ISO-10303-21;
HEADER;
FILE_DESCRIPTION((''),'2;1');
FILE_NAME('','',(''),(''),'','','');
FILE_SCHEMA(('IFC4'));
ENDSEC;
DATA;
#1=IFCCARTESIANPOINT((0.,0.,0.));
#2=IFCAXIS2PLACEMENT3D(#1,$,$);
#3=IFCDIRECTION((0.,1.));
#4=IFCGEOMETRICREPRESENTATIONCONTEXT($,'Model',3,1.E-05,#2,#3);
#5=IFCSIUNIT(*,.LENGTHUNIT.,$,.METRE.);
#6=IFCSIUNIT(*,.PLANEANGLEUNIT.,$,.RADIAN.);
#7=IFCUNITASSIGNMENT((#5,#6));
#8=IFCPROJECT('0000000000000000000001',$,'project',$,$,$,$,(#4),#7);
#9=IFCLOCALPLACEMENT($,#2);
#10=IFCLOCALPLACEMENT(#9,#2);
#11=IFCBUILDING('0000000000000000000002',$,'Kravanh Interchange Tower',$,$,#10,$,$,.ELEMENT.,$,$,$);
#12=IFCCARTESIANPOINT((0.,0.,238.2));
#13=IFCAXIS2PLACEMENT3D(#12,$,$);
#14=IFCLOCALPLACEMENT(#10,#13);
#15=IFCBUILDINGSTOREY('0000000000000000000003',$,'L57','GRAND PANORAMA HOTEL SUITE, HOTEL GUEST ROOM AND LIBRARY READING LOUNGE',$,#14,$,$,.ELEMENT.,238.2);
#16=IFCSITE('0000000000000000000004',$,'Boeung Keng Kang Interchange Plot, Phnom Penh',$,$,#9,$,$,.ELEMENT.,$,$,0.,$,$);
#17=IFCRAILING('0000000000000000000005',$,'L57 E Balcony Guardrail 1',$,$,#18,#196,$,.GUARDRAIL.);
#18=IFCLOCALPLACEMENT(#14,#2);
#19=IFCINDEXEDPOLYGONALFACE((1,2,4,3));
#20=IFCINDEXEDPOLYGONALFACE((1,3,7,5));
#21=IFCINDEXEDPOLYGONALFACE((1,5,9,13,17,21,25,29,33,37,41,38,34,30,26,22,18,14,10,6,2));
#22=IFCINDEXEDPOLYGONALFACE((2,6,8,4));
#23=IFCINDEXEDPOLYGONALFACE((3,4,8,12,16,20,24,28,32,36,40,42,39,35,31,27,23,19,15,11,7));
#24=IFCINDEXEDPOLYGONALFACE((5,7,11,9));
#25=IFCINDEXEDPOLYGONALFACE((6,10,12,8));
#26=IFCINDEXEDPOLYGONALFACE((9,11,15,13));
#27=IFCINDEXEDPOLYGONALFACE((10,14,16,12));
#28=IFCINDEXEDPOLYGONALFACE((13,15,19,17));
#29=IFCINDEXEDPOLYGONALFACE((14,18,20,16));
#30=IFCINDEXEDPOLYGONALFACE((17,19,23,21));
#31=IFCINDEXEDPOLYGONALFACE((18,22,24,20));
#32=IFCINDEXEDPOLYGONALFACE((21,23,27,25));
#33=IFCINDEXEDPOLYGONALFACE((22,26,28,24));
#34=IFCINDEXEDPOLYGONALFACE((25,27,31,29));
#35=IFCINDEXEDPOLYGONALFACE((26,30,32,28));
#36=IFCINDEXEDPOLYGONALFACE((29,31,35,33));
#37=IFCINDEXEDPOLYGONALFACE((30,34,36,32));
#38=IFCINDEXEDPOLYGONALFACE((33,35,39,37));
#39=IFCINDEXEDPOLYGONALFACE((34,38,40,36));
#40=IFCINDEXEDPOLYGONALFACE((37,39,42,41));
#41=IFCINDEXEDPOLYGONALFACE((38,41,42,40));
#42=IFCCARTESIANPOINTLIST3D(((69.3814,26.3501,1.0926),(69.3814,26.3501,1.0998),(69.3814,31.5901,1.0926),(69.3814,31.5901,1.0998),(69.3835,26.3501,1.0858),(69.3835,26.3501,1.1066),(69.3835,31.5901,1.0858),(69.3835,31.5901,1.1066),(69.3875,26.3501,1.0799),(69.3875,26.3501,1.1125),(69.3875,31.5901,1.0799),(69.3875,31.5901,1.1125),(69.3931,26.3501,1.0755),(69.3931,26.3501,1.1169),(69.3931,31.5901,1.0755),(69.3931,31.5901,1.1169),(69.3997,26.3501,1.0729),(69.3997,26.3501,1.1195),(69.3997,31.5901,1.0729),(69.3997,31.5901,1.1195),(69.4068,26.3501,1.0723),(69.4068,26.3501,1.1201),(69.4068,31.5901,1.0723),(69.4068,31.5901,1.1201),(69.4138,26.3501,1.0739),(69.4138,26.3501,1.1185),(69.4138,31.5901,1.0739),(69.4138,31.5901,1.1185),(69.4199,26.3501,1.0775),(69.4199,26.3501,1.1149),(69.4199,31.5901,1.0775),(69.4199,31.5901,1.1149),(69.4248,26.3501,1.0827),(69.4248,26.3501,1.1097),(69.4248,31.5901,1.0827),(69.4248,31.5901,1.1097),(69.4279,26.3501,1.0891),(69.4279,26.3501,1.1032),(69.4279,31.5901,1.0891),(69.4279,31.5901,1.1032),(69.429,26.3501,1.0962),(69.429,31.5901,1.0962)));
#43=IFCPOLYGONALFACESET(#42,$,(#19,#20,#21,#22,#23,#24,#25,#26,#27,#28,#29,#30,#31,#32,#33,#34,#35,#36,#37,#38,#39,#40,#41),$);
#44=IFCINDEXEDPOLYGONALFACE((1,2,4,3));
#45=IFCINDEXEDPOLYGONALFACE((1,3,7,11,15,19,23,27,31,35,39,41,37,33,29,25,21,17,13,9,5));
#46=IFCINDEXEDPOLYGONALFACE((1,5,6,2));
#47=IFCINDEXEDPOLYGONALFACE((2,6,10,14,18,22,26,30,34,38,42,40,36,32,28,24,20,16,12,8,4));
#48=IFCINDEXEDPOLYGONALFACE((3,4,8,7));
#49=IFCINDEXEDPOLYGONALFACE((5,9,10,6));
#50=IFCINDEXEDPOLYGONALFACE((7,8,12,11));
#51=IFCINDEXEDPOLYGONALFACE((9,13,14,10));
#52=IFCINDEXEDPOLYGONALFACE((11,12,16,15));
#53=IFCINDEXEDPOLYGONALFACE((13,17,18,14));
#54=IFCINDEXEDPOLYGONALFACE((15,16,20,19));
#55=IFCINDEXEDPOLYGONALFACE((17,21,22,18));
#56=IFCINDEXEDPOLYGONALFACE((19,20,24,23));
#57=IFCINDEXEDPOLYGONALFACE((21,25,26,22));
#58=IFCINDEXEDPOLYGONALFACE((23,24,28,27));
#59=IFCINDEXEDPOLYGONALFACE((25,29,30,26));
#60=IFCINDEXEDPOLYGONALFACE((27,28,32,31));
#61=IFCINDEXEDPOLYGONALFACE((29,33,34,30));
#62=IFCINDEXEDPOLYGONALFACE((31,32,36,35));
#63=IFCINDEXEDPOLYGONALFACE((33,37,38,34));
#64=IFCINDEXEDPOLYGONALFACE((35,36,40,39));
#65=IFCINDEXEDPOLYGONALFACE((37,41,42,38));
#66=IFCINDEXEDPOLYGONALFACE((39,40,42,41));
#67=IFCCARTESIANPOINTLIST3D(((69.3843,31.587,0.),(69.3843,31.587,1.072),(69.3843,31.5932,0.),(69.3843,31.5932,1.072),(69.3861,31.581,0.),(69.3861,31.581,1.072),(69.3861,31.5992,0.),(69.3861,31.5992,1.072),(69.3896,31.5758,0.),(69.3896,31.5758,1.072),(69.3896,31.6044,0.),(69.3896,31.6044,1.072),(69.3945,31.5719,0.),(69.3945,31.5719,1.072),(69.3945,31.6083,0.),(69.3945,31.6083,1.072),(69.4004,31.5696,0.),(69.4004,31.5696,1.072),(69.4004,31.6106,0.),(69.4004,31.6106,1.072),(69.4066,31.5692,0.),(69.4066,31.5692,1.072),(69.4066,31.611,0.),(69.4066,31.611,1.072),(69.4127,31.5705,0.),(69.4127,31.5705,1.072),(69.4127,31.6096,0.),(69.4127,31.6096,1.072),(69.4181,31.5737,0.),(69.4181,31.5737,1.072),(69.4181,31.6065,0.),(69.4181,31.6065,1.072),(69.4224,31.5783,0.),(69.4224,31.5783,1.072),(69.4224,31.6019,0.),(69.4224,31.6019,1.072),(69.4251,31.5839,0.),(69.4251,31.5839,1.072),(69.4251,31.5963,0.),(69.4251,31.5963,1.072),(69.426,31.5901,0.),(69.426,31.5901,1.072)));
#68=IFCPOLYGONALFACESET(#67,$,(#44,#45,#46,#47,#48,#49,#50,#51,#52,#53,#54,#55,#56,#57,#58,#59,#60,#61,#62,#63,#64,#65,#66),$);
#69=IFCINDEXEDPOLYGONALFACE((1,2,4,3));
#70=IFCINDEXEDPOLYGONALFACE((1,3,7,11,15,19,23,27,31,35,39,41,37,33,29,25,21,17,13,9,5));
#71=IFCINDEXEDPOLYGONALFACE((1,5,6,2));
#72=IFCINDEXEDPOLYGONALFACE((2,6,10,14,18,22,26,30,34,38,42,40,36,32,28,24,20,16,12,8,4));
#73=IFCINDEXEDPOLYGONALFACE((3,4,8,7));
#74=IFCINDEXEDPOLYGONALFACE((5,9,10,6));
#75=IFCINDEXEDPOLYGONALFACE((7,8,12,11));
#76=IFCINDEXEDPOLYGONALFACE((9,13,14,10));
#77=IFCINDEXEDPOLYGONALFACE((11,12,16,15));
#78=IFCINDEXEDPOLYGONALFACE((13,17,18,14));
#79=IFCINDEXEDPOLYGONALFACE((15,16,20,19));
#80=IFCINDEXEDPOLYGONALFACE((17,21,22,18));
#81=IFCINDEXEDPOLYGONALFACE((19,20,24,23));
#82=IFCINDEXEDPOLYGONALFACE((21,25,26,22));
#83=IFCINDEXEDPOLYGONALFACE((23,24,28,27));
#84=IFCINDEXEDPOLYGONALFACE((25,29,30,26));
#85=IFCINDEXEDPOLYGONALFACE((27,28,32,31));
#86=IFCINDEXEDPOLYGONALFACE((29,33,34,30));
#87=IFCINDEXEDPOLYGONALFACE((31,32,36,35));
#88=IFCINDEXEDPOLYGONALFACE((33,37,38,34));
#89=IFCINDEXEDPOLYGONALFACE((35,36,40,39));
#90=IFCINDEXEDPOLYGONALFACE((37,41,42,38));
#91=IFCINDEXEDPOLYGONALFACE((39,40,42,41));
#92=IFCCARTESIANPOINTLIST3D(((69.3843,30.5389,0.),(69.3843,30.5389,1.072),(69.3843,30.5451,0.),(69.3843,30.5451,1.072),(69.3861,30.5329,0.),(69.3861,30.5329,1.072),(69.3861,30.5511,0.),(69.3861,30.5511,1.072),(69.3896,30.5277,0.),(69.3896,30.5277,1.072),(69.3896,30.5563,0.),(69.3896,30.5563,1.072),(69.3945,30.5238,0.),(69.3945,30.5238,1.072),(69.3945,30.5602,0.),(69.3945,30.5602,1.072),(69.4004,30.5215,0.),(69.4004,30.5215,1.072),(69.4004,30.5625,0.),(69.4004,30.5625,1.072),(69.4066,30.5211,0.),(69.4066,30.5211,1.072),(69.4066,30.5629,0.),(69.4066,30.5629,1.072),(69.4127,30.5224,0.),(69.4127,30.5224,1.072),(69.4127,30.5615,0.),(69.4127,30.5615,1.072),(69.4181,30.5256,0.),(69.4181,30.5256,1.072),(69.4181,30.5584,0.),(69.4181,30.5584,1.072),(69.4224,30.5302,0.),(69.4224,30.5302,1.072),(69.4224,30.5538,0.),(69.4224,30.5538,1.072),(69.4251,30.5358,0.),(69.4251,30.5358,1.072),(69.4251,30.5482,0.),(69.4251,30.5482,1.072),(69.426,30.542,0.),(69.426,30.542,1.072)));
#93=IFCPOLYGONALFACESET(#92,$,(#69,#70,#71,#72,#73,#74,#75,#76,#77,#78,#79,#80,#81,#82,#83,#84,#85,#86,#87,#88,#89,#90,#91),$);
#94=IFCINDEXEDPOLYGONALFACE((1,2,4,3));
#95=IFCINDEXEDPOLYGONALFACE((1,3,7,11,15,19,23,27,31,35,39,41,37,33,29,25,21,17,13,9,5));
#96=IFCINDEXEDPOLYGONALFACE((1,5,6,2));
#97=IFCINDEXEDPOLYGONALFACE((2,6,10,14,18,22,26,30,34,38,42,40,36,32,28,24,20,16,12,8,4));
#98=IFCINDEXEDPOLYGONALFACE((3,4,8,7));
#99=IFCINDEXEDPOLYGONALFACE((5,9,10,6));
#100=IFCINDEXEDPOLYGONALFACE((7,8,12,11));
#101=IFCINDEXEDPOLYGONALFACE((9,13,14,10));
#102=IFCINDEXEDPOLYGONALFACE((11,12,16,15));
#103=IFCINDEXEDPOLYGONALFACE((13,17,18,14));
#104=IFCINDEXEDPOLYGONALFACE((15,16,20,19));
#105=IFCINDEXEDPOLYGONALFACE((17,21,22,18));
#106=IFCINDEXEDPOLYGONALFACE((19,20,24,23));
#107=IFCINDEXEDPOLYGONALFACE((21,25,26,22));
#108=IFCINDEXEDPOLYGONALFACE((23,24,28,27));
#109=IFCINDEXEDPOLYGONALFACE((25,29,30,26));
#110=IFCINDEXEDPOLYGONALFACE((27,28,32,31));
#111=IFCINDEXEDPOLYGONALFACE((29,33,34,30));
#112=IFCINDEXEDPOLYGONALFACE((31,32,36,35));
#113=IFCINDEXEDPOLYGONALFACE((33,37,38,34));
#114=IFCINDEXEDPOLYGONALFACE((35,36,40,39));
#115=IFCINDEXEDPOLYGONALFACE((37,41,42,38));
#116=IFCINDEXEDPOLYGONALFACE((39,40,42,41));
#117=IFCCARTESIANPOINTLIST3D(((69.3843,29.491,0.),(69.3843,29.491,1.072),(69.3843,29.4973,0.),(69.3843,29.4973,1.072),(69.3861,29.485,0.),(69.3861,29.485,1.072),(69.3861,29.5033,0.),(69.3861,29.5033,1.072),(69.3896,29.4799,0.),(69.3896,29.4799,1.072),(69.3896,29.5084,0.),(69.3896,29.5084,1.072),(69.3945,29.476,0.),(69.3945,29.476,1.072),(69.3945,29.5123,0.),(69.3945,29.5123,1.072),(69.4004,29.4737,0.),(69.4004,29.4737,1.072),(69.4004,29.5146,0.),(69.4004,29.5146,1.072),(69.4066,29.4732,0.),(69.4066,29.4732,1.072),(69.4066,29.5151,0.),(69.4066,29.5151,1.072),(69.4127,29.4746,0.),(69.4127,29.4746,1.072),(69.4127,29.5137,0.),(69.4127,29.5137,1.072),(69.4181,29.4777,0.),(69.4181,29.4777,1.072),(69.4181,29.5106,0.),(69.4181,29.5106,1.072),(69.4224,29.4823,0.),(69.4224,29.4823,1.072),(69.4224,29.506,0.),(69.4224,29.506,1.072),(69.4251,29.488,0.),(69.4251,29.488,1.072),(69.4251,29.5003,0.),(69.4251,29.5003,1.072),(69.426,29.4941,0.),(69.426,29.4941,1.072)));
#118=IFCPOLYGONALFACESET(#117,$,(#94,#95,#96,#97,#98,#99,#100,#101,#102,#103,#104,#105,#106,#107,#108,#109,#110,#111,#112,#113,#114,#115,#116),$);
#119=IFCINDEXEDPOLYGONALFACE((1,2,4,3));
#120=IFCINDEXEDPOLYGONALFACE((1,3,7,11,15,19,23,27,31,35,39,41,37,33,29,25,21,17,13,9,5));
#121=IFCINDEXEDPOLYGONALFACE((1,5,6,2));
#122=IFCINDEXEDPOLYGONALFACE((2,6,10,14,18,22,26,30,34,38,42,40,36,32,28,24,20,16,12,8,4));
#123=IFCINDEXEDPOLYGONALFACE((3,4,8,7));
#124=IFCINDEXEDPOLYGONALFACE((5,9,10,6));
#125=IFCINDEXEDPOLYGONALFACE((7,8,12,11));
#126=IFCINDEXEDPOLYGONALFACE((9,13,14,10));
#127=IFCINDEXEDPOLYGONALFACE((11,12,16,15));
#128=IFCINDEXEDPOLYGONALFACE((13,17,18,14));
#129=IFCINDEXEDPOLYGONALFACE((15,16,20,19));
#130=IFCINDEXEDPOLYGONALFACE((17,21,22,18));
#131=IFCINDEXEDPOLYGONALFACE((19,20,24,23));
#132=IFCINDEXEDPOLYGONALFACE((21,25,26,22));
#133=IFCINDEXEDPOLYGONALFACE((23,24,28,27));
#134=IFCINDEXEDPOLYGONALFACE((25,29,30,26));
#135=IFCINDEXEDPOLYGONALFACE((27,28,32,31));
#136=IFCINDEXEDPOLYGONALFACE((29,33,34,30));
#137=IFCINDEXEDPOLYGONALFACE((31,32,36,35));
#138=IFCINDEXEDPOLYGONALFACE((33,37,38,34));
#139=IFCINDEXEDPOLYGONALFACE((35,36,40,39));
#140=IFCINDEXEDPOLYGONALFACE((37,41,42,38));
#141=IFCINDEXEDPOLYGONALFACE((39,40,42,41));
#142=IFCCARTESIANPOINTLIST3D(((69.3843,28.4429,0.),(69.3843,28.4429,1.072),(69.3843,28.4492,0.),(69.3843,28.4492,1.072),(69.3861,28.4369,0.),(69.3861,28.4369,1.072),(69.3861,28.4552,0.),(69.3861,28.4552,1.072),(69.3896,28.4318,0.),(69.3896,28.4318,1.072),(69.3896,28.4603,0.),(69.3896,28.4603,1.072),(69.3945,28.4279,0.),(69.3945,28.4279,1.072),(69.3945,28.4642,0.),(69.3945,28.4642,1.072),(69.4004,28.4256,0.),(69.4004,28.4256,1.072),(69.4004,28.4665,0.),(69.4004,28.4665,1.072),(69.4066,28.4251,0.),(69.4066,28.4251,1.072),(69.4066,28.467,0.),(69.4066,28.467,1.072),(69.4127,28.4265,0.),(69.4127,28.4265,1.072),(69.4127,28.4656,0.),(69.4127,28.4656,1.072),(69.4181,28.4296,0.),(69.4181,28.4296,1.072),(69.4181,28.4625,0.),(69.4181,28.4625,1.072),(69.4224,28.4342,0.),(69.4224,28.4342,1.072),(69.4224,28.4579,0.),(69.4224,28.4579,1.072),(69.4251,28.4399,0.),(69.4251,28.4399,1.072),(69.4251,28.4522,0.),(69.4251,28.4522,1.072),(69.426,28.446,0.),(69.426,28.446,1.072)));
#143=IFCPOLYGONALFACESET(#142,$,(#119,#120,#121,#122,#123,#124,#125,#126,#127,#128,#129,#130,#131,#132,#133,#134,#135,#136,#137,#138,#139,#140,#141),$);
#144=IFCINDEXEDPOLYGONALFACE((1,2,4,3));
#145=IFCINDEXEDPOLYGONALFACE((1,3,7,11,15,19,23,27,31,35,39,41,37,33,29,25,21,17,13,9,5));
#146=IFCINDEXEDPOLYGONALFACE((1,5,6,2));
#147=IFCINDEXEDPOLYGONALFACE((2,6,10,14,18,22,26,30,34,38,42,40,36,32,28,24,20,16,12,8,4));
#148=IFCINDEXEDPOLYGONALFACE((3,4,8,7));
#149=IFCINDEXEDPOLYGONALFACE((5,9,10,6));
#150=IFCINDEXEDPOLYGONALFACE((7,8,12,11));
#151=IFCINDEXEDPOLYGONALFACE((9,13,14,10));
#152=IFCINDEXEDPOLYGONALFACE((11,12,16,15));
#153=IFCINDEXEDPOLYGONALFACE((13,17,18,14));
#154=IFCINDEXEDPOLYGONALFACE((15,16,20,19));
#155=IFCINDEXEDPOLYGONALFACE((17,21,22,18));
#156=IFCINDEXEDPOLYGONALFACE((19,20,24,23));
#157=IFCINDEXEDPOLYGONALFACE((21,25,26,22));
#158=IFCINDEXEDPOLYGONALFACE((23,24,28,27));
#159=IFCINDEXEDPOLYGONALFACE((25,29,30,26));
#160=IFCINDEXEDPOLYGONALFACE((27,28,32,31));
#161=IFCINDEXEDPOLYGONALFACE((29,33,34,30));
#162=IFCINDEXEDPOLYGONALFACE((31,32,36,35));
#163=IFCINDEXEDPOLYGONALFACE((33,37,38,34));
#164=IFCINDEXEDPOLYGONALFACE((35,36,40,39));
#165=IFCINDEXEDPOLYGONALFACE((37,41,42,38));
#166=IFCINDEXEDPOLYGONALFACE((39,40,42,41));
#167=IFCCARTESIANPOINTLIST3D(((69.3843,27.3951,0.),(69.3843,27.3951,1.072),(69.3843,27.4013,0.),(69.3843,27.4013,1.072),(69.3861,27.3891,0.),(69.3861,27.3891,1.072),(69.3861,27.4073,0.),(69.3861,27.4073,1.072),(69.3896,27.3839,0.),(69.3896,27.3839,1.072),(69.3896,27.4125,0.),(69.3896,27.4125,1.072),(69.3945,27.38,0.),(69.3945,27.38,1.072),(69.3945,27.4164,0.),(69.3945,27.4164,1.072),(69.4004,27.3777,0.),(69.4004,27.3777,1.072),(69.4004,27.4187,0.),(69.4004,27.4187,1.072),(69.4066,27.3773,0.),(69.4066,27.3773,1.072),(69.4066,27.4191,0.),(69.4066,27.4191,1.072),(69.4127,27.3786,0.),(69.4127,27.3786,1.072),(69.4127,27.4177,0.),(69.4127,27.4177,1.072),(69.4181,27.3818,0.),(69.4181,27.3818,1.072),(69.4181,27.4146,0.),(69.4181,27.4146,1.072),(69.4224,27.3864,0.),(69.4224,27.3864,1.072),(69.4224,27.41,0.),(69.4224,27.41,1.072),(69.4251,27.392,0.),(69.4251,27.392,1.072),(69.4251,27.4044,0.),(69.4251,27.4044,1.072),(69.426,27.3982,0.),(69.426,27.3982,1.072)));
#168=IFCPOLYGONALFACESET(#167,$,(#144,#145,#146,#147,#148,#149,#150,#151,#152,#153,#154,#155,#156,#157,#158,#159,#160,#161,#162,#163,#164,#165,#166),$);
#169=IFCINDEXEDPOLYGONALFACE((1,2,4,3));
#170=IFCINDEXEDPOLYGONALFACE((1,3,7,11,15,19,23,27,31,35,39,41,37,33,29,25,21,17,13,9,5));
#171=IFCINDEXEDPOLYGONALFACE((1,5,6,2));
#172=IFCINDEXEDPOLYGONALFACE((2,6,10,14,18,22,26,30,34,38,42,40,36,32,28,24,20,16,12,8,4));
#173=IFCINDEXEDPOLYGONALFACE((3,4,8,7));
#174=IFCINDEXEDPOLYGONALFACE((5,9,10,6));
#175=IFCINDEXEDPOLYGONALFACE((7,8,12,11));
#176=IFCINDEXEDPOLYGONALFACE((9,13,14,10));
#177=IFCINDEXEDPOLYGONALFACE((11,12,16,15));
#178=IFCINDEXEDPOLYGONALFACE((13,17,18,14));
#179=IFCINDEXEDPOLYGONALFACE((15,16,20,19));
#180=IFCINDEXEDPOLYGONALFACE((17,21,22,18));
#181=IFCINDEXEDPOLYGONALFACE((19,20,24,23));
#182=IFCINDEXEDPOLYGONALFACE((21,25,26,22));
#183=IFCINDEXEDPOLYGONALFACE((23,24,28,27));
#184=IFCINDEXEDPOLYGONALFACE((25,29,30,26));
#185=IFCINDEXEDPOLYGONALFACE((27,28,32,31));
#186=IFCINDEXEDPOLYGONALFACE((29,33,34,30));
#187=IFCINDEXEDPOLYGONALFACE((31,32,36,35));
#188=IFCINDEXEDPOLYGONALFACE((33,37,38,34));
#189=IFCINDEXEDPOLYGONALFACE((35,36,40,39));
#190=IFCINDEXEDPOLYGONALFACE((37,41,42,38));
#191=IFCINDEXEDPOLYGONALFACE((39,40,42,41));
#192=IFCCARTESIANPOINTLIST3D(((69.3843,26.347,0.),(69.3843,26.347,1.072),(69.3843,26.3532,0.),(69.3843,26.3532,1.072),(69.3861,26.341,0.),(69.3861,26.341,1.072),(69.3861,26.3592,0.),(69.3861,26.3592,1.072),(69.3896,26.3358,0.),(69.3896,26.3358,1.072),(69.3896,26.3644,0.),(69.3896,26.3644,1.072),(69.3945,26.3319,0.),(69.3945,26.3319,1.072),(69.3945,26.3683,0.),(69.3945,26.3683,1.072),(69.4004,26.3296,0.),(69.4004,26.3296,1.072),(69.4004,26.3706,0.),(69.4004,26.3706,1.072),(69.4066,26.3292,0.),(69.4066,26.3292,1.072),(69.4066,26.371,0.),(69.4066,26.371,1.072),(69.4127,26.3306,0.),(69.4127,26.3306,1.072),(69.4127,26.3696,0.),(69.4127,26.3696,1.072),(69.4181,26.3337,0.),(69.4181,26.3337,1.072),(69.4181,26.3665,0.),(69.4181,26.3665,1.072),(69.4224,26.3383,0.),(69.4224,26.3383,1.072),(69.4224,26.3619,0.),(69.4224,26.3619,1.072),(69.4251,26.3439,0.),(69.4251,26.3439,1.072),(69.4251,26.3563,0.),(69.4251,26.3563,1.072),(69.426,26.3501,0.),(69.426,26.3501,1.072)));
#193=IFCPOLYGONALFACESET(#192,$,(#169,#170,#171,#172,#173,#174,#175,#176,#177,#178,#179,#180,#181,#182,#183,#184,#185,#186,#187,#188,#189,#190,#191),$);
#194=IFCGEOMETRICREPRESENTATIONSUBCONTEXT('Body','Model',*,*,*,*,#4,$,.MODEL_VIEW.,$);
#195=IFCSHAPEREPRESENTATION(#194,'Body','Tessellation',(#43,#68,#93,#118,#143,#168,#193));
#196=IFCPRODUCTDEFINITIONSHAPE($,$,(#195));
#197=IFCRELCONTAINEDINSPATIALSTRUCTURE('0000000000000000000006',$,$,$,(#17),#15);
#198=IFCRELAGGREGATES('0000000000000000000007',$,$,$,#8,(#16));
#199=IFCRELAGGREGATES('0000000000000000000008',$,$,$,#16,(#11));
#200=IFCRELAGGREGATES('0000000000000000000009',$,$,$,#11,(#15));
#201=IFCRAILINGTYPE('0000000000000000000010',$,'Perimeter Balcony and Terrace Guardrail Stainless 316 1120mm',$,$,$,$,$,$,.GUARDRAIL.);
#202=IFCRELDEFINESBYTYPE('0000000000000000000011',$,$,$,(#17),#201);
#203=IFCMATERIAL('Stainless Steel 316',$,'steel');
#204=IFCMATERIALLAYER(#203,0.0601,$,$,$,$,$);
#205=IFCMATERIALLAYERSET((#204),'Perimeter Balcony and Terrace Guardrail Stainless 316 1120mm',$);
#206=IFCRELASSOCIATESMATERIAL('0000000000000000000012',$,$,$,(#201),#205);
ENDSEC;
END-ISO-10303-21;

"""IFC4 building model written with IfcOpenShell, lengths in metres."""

from ifc_helpers import new_model, si_unit, direction, frame, origin, origin_2d, place, context, subcontext, project, spatial, circle, extrude, material, layer, layer_set, type_object, element, save


model = new_model("IFC4")

# Units and contexts
model_context = context("Model", 3, precision=1e-05, world=origin(), true_north=direction((0.0, 1.0)))
body_context = subcontext(model_context, "Body", "Model", "MODEL_VIEW")
ifc_project = project(units=[si_unit("LENGTHUNIT", "METRE"), si_unit("PLANEANGLEUNIT", "RADIAN")], contexts=[model_context])

# Site, building, storey
site_placement = place(None, origin())
site = spatial("IfcSite", under=ifc_project, at=site_placement, Name="Boeung Keng Kang Interchange Plot, Phnom Penh", CompositionType="ELEMENT", RefElevation=0.0)
building_placement = place(site_placement, origin())
building = spatial("IfcBuilding", under=site, at=building_placement, Name="Kravanh Interchange Tower", CompositionType="ELEMENT")
storey_placement = place(building_placement, frame((0.0, 0.0, 238.2)))
storey = spatial("IfcBuildingStorey", under=building, at=storey_placement, Name="L57", Description="GRAND PANORAMA HOTEL SUITE, HOTEL GUEST ROOM AND LIBRARY READING LOUNGE", CompositionType="ELEMENT", Elevation=238.2)

# Railing
ifc_material_1 = material(Name="Stainless Steel 316", Category="steel")
ifc_layer_1 = layer(ifc_material_1, 0.0601)
ifc_layer_set_1 = layer_set([ifc_layer_1], Name="Perimeter Balcony and Terrace Guardrail Stainless 316 1120mm")
railing_type = type_object("IfcRailingType", Name="Perimeter Balcony and Terrace Guardrail Stainless 316 1120mm", PredefinedType="GUARDRAIL", material=ifc_layer_set_1)
railing_1_placement = place(storey_placement, frame((69.405, 31.5901, 0.0)))
element("IfcRailing", 1, at=railing_1_placement, inside=storey, type_object=railing_type, Name="L57 E Balcony Guardrail 1", PredefinedType="GUARDRAIL", context=body_context, shape_type="SweptSolid", body=[
    extrude(circle(Radius=0.0239, at=origin_2d()), frame((0.0, 0.0, 1.0962), z_axis=(0.0, -1.0, 0.0), x_axis=(1.0, 0.0, 0.0)), (0.0, 0.0, 1.0), 5.24),
    extrude(circle(Radius=0.021, at=origin_2d()), origin(), (0.0, 0.0, 1.0), 1.072),
    extrude(circle(Radius=0.021, at=origin_2d()), frame((0.0, -1.0481, 0.0)), (0.0, 0.0, 1.0), 1.072),
    extrude(circle(Radius=0.021, at=origin_2d()), frame((0.0, -2.0959, 0.0)), (0.0, 0.0, 1.0), 1.072),
    extrude(circle(Radius=0.021, at=origin_2d()), frame((0.0, -3.144, 0.0)), (0.0, 0.0, 1.0), 1.072),
    extrude(circle(Radius=0.021, at=origin_2d()), frame((0.0, -4.1919, 0.0)), (0.0, 0.0, 1.0), 1.072),
    extrude(circle(Radius=0.021, at=origin_2d()), frame((0.0, -5.24, 0.0)), (0.0, 0.0, 1.0), 1.072),
])

save(model, "model.ifc")
